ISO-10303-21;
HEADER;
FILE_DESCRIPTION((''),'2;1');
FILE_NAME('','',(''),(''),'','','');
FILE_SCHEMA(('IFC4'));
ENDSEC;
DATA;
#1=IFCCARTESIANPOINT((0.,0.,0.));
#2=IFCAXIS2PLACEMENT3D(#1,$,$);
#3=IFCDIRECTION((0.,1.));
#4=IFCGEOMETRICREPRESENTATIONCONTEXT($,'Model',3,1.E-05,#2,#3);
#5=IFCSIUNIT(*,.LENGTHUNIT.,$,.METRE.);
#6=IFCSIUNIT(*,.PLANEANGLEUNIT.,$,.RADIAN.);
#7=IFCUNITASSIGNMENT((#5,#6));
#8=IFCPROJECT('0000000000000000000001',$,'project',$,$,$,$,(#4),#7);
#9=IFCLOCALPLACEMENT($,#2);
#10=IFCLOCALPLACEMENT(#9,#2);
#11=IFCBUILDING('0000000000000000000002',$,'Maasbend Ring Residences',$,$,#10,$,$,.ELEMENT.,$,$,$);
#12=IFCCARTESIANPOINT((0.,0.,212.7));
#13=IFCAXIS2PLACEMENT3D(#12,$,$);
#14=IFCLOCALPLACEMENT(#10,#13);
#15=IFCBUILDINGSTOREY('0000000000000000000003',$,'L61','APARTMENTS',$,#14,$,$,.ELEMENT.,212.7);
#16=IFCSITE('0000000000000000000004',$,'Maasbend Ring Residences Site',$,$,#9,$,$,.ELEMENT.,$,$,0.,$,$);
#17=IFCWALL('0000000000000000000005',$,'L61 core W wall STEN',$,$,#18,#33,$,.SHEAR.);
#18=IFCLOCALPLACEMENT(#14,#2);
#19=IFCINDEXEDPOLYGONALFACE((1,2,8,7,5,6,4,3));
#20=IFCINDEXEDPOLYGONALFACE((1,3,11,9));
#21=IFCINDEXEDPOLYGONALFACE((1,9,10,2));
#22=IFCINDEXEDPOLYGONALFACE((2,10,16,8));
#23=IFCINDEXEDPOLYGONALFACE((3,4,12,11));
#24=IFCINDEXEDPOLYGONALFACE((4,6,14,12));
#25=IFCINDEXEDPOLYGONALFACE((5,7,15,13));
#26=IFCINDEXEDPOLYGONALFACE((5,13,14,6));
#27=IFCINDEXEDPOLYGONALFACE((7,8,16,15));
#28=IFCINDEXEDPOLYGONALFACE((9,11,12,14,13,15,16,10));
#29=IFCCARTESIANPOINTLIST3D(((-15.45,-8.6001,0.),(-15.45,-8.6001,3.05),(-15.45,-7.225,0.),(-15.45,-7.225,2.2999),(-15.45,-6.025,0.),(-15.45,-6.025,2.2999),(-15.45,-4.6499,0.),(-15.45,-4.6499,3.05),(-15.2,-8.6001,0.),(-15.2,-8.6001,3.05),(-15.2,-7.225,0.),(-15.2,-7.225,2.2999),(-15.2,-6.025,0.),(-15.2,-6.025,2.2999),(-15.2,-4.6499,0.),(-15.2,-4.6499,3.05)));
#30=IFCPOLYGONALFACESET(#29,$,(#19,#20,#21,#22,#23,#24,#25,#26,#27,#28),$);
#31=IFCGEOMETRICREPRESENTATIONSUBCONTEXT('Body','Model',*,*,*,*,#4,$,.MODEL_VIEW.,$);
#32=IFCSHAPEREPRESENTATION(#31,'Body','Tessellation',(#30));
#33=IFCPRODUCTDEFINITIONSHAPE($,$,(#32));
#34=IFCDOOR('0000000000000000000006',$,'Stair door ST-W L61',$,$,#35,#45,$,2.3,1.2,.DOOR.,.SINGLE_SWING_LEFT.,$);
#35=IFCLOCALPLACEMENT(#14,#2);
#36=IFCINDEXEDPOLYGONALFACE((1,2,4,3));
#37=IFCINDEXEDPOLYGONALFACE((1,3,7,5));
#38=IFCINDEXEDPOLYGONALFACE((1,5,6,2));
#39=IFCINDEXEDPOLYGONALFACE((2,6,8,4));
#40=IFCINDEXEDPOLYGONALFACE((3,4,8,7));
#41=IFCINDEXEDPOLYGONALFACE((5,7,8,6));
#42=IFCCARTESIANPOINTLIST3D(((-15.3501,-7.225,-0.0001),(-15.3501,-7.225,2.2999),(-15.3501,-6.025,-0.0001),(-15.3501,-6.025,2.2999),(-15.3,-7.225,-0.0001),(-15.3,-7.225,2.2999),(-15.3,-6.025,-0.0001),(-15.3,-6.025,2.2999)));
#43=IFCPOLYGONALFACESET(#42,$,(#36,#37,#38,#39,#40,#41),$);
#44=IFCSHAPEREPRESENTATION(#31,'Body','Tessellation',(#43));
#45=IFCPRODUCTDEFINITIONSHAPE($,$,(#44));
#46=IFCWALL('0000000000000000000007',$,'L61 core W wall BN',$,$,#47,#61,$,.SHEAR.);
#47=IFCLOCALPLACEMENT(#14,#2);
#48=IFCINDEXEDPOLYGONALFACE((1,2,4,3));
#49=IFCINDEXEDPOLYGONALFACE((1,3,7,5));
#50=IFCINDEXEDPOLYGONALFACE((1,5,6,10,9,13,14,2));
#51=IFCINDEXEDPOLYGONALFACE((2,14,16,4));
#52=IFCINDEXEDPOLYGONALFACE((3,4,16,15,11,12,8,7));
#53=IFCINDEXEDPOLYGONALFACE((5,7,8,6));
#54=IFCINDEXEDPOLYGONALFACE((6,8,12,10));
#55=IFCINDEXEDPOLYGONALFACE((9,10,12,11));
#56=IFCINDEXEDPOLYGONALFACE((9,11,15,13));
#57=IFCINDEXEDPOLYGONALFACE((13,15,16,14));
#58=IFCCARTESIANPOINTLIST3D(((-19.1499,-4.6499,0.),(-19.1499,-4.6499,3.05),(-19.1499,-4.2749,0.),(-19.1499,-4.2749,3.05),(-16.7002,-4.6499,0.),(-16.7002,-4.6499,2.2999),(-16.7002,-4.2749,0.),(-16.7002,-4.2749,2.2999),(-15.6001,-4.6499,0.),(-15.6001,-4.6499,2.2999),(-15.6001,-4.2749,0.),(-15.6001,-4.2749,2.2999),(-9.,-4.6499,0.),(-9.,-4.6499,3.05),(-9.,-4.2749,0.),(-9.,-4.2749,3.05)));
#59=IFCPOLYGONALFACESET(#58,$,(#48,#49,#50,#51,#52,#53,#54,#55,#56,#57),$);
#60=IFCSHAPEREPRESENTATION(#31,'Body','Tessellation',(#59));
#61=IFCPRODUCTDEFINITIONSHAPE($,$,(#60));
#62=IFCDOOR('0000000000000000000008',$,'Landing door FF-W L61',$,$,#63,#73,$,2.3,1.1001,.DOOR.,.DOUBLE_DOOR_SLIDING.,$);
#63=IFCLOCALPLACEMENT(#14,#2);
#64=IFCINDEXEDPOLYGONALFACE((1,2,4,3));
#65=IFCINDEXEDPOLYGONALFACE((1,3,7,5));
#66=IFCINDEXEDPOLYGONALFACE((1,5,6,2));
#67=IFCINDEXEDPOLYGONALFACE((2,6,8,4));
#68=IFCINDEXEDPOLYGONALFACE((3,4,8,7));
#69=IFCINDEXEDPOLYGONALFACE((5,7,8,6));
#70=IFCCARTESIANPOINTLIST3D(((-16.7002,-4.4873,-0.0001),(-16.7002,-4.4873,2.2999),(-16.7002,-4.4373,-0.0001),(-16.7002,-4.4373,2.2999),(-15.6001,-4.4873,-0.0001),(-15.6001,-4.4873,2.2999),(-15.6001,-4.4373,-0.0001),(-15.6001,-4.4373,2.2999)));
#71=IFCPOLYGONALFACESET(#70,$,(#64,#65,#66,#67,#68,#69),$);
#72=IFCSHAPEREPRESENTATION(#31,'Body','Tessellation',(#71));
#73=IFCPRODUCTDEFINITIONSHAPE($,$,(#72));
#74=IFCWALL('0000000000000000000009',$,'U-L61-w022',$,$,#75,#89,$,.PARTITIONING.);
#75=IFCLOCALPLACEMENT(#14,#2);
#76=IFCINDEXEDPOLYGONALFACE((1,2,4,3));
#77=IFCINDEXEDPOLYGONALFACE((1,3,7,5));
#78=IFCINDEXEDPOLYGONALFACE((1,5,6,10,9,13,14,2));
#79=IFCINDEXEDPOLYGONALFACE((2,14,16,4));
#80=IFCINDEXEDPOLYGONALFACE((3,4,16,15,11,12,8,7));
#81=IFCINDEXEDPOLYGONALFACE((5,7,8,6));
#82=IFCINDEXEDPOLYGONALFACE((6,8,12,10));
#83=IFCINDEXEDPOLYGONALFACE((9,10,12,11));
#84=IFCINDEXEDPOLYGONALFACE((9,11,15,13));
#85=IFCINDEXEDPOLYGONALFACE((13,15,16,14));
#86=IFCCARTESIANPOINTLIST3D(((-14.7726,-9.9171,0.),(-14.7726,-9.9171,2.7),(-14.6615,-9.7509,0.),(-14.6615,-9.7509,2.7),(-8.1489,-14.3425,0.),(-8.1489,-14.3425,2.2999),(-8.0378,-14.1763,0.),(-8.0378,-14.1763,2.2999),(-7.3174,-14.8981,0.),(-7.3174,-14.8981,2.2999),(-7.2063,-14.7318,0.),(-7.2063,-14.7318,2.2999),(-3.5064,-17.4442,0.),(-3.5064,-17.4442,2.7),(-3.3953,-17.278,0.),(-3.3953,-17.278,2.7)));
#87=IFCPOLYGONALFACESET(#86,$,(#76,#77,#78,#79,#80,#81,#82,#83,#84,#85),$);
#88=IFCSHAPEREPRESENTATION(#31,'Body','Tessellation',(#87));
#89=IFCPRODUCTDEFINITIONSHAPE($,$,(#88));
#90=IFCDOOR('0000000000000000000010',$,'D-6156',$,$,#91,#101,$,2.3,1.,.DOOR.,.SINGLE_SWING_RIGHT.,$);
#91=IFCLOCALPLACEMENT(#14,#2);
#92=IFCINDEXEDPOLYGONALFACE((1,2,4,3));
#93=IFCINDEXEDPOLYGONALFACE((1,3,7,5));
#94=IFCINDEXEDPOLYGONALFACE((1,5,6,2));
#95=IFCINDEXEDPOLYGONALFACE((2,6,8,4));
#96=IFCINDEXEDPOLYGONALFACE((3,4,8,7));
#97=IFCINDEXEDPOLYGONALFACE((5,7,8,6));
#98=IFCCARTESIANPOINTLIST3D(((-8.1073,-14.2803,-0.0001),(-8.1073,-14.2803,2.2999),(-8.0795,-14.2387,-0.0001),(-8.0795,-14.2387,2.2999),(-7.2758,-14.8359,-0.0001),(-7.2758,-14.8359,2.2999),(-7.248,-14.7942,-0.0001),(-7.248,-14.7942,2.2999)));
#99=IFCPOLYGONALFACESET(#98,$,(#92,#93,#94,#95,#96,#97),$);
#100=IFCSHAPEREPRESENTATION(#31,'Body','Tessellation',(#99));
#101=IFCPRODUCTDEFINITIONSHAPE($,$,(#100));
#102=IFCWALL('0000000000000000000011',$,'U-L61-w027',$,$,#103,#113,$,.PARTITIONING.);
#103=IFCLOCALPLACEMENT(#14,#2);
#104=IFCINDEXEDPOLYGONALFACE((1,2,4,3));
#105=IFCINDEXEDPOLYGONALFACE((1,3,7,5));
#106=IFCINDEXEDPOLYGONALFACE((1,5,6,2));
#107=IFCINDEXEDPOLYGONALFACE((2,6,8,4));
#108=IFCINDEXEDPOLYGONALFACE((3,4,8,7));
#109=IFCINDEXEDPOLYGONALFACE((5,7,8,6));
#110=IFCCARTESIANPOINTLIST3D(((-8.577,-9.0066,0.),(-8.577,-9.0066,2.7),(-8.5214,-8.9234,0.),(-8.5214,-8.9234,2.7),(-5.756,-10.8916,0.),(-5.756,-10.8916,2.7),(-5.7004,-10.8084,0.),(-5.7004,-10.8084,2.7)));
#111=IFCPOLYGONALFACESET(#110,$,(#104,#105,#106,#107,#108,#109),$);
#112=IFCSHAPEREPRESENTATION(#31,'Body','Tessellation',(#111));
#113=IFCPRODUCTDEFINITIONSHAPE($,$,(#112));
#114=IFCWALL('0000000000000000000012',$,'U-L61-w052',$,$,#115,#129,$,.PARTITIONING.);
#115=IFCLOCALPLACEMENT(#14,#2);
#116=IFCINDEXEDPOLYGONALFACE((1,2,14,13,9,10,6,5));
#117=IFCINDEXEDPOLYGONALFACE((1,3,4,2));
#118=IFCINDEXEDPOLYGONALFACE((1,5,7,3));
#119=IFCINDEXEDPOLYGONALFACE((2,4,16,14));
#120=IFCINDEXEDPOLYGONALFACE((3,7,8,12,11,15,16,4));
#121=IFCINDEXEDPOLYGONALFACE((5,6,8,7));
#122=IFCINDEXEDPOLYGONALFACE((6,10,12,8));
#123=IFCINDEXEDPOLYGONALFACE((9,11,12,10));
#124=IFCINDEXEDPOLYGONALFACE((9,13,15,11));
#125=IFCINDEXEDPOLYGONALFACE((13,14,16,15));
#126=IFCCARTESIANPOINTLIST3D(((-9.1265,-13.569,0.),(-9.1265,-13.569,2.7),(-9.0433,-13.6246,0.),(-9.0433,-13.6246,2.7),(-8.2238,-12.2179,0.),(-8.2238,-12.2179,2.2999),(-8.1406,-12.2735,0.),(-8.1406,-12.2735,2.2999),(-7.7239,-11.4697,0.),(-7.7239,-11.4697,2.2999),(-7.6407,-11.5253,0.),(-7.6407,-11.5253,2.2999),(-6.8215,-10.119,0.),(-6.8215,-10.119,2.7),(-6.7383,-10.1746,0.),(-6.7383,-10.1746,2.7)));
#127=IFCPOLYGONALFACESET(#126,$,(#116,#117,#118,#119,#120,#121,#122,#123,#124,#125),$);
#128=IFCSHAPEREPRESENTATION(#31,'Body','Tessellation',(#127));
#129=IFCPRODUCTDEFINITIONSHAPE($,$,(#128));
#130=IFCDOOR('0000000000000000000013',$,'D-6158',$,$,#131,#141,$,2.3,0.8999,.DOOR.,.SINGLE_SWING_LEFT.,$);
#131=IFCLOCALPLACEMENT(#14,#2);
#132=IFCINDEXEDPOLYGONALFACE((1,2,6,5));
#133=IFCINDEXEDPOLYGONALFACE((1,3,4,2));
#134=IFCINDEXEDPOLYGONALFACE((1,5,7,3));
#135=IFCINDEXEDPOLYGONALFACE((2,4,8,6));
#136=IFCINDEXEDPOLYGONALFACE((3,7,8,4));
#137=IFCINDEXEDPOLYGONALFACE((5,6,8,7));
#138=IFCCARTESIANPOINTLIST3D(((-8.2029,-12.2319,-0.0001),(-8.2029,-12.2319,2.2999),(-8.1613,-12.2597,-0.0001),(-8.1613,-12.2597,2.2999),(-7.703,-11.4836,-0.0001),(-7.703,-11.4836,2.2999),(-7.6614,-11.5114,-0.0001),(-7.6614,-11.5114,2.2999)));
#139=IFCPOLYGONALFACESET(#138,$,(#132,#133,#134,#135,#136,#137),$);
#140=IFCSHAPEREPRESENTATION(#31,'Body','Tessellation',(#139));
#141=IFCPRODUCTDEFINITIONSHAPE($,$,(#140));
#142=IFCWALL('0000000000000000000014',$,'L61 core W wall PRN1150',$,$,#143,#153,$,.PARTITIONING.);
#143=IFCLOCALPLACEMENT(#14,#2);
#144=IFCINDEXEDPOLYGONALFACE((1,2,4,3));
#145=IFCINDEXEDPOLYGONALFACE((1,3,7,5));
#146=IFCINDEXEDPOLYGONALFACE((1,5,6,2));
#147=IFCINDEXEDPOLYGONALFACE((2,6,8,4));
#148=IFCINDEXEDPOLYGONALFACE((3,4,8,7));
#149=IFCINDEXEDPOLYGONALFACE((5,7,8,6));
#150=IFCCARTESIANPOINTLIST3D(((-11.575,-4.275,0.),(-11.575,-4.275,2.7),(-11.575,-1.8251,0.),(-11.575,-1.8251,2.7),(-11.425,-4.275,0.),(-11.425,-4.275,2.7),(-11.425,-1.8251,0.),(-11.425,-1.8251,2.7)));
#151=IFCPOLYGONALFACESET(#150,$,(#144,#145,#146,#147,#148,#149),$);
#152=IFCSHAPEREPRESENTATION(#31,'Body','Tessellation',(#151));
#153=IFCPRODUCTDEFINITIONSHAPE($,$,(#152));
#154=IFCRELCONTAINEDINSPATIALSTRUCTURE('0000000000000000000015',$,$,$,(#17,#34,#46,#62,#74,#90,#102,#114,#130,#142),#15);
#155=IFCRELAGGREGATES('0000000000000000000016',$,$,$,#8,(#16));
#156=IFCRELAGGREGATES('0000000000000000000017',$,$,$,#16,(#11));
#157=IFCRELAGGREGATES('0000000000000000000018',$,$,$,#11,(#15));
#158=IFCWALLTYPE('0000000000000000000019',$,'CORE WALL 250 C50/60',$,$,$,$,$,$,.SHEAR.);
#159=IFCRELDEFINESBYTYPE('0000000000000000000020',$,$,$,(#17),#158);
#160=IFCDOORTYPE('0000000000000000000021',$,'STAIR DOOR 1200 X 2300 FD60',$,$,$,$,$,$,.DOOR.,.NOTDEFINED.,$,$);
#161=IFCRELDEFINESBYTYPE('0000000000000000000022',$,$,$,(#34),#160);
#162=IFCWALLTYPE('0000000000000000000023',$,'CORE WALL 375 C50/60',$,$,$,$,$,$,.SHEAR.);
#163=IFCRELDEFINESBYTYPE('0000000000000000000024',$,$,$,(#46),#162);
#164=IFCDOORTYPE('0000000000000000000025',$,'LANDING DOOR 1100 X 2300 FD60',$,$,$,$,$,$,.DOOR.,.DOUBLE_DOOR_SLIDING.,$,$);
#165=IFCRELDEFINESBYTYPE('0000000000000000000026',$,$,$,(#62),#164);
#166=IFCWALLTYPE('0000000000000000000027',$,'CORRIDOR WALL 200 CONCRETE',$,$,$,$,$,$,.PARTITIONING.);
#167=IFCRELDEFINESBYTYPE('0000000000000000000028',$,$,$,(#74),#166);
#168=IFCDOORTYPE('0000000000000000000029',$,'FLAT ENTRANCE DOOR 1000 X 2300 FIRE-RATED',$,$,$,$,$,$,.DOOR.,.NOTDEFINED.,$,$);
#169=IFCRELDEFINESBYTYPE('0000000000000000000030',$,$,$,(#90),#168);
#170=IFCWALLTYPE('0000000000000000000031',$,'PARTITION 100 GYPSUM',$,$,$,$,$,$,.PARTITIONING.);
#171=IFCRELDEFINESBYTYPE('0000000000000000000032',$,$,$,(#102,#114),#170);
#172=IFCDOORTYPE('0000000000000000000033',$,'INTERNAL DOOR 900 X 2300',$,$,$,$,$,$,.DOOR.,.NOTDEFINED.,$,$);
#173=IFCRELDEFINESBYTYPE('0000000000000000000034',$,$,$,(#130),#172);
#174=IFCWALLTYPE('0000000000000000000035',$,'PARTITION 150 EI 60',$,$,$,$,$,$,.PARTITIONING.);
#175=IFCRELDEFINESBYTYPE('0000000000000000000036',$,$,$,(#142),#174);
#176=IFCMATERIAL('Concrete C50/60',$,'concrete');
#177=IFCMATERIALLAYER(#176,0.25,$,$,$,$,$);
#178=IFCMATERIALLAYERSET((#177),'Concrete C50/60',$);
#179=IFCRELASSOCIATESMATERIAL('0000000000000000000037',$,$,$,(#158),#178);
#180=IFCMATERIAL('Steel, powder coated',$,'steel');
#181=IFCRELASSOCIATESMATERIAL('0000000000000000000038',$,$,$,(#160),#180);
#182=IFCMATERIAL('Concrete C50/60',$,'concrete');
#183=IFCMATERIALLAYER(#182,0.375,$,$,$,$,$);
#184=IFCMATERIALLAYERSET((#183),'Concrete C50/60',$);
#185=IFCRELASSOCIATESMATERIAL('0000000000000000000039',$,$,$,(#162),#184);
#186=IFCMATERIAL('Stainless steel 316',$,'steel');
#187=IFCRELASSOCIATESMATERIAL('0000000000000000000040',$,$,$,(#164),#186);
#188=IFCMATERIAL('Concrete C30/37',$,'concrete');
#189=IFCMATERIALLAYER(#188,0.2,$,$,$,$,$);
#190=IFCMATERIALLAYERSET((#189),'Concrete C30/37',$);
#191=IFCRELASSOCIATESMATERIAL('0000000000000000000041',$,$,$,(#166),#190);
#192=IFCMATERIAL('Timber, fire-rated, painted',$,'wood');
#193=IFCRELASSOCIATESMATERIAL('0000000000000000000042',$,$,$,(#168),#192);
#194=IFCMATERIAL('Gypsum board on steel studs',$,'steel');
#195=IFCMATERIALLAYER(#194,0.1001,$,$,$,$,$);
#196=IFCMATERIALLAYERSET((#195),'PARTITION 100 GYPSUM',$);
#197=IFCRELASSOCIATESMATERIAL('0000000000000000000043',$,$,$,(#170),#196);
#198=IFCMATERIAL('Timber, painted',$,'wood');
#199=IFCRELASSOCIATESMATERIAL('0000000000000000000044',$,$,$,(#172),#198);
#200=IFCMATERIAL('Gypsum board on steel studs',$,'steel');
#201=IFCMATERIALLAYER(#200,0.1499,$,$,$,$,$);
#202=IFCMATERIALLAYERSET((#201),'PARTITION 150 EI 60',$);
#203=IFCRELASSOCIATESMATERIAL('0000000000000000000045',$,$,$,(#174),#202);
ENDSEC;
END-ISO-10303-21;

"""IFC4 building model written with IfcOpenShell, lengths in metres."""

from ifc_helpers import new_model, si_unit, direction, frame, frame_2d, origin, place, context, subcontext, project, spatial, rectangle, extrude, material, layer, layer_set, type_object, element, fill, save


model = new_model("IFC4")

# Units and contexts
model_context = context("Model", 3, precision=1e-05, world=origin(), true_north=direction((0.0, 1.0)))
body_context = subcontext(model_context, "Body", "Model", "MODEL_VIEW")
ifc_project = project(units=[si_unit("LENGTHUNIT", "METRE"), si_unit("PLANEANGLEUNIT", "RADIAN")], contexts=[model_context])

# Site, building, storey
site_placement = place(None, origin())
site = spatial("IfcSite", under=ifc_project, at=site_placement, Name="Maasbend Ring Residences Site", CompositionType="ELEMENT", RefElevation=0.0)
building_placement = place(site_placement, origin())
building = spatial("IfcBuilding", under=site, at=building_placement, Name="Maasbend Ring Residences", CompositionType="ELEMENT")
storey_placement = place(building_placement, frame((0.0, 0.0, 212.7)))
storey = spatial("IfcBuildingStorey", under=building, at=storey_placement, Name="L61", Description="APARTMENTS", CompositionType="ELEMENT", Elevation=212.7)

# Shared definitions
ifc_material_1 = material(Name="Concrete C50/60", Category="concrete")
ifc_layer_1 = layer(ifc_material_1, 0.25)
ifc_layer_set_1 = layer_set([ifc_layer_1], Name="Concrete C50/60")
wall_type_1 = type_object("IfcWallType", Name="CORE WALL 250 C50/60", PredefinedType="SHEAR", material=ifc_layer_set_1)

# Walls, openings, doors
wall_1_placement = place(storey_placement, frame((-15.325, -4.6499, 0.0), z_axis=(0.0, 0.0, 1.0), x_axis=(0.0, -1.0, 0.0)))
wall_1 = element("IfcWall", 1, at=wall_1_placement, inside=storey, type_object=wall_type_1, Name="L61 core W wall STEN", PredefinedType="SHEAR", context=body_context, shape_type="SweptSolid", body=[
    extrude(rectangle(XDim=3.9502, YDim=0.25, at=frame_2d((1.9751, 0.0))), origin(), (0.0, 0.0, 1.0), 3.05),
])
opening_1_placement = place(wall_1_placement, frame((1.375, 0.0, 0.0)))
opening_1 = element("IfcOpeningElement", 2, at=opening_1_placement, cuts=wall_1, PredefinedType="OPENING", context=body_context, shape_type="SweptSolid", body=[
    extrude(rectangle(XDim=1.2, YDim=2.3, at=frame_2d((0.6001, 1.1499))), frame((0.0, 0.135, 0.0), z_axis=(0.0, -1.0, 0.0), x_axis=(1.0, 0.0, 0.0)), (0.0, 0.0, 1.0), 0.27),
])
ifc_material_2 = material(Name="Steel, powder coated", Category="steel")
door_type_1 = type_object("IfcDoorType", Name="STAIR DOOR 1200 X 2300 FD60", OperationType="NOTDEFINED", PredefinedType="DOOR", material=ifc_material_2)
door_1_placement = place(opening_1_placement, origin())
door_1 = element("IfcDoor", 3, at=door_1_placement, inside=storey, type_object=door_type_1, Name="Stair door ST-W L61", OperationType="SINGLE_SWING_LEFT", OverallHeight=2.3, OverallWidth=1.2, PredefinedType="DOOR", context=body_context, shape_type="SweptSolid", body=[
    extrude(rectangle(XDim=1.2, YDim=2.3, at=frame_2d((0.6001, 1.1499))), frame((0.0, 0.0249, 0.0), z_axis=(0.0, -1.0, 0.0), x_axis=(1.0, 0.0, 0.0)), (0.0, 0.0, 1.0), 0.05),
])
fill(opening_1, door_1)
ifc_material_3 = material(Name="Concrete C50/60", Category="concrete")
ifc_layer_2 = layer(ifc_material_3, 0.375)
ifc_layer_set_2 = layer_set([ifc_layer_2], Name="Concrete C50/60")
wall_type_2 = type_object("IfcWallType", Name="CORE WALL 375 C50/60", PredefinedType="SHEAR", material=ifc_layer_set_2)
wall_2_placement = place(storey_placement, frame((-9.0, -4.4624, 0.0), z_axis=(0.0, 0.0, 1.0), x_axis=(-1.0, 0.0, 0.0)))
wall_2 = element("IfcWall", 4, at=wall_2_placement, inside=storey, type_object=wall_type_2, Name="L61 core W wall BN", PredefinedType="SHEAR", context=body_context, shape_type="SweptSolid", body=[
    extrude(rectangle(XDim=10.1499, YDim=0.375, at=frame_2d((5.075, 0.0))), origin(), (0.0, 0.0, 1.0), 3.05),
])
opening_2_placement = place(wall_2_placement, frame((6.6001, 0.0, 0.0)))
opening_2 = element("IfcOpeningElement", 5, at=opening_2_placement, cuts=wall_2, PredefinedType="OPENING", context=body_context, shape_type="SweptSolid", body=[
    extrude(rectangle(XDim=1.1001, YDim=2.3, at=frame_2d((0.55, 1.1499))), frame((0.0, 0.1975, 0.0), z_axis=(0.0, -1.0, 0.0), x_axis=(1.0, 0.0, 0.0)), (0.0, 0.0, 1.0), 0.395),
])
ifc_material_4 = material(Name="Stainless steel 316", Category="steel")
door_type_2 = type_object("IfcDoorType", Name="LANDING DOOR 1100 X 2300 FD60", OperationType="DOUBLE_DOOR_SLIDING", PredefinedType="DOOR", material=ifc_material_4)
door_2_placement = place(opening_2_placement, origin())
door_2 = element("IfcDoor", 6, at=door_2_placement, inside=storey, type_object=door_type_2, Name="Landing door FF-W L61", OperationType="DOUBLE_DOOR_SLIDING", OverallHeight=2.3, OverallWidth=1.1001, PredefinedType="DOOR", context=body_context, shape_type="SweptSolid", body=[
    extrude(rectangle(XDim=1.1001, YDim=2.3, at=frame_2d((0.55, 1.1499))), frame((0.0, 0.0249, 0.0), z_axis=(0.0, -1.0, 0.0), x_axis=(1.0, 0.0, 0.0)), (0.0, 0.0, 1.0), 0.05),
])
fill(opening_2, door_2)
ifc_material_5 = material(Name="Concrete C30/37", Category="concrete")
ifc_layer_3 = layer(ifc_material_5, 0.2)
ifc_layer_set_3 = layer_set([ifc_layer_3], Name="Concrete C30/37")
wall_type_3 = type_object("IfcWallType", Name="CORRIDOR WALL 200 CONCRETE", PredefinedType="PARTITIONING", material=ifc_layer_set_3)
wall_3_placement = place(storey_placement, frame((-14.717, -9.834, 0.0), z_axis=(0.0, 0.0, 1.0), x_axis=(0.831493, -0.555536, 0.0)))
wall_3 = element("IfcWall", 7, at=wall_3_placement, inside=storey, type_object=wall_type_3, Name="U-L61-w022", PredefinedType="PARTITIONING", context=body_context, shape_type="SweptSolid", body=[
    extrude(rectangle(XDim=13.5493, YDim=0.2, at=frame_2d((6.7747, 0.0))), origin(), (0.0, 0.0, 1.0), 2.7),
])
opening_3_placement = place(wall_3_placement, frame((7.9661, 0.0, 0.0)))
opening_3 = element("IfcOpeningElement", 8, at=opening_3_placement, cuts=wall_3, PredefinedType="OPENING", context=body_context, shape_type="SweptSolid", body=[
    extrude(rectangle(XDim=1.0, YDim=2.3, at=frame_2d((0.5, 1.1499))), frame((0.0, 0.1099, 0.0), z_axis=(0.0, -1.0, 0.0), x_axis=(1.0, 0.0, 0.0)), (0.0, 0.0, 1.0), 0.22),
])
ifc_material_6 = material(Name="Timber, fire-rated, painted", Category="wood")
door_type_3 = type_object("IfcDoorType", Name="FLAT ENTRANCE DOOR 1000 X 2300 FIRE-RATED", OperationType="NOTDEFINED", PredefinedType="DOOR", material=ifc_material_6)
door_3_placement = place(opening_3_placement, origin())
door_3 = element("IfcDoor", 9, at=door_3_placement, inside=storey, type_object=door_type_3, Name="D-6156", OperationType="SINGLE_SWING_RIGHT", OverallHeight=2.3, OverallWidth=1.0, PredefinedType="DOOR", context=body_context, shape_type="SweptSolid", body=[
    extrude(rectangle(XDim=1.0, YDim=2.3, at=frame_2d((0.5, 1.1499))), frame((0.0, 0.0249, 0.0), z_axis=(0.0, -1.0, 0.0), x_axis=(1.0, 0.0, 0.0)), (0.0, 0.0, 1.0), 0.05),
])
fill(opening_3, door_3)

# Wall
ifc_material_7 = material(Name="Gypsum board on steel studs", Category="steel")
ifc_layer_4 = layer(ifc_material_7, 0.1001)
ifc_layer_set_4 = layer_set([ifc_layer_4], Name="PARTITION 100 GYPSUM")
wall_type_4 = type_object("IfcWallType", Name="PARTITION 100 GYPSUM", PredefinedType="PARTITIONING", material=ifc_layer_set_4)
wall_4_placement = place(storey_placement, frame((-8.5491, -8.9651, 0.0), z_axis=(0.0, 0.0, 1.0), x_axis=(0.831463, -0.55558, 0.0)))
element("IfcWall", 10, at=wall_4_placement, inside=storey, type_object=wall_type_4, Name="U-L61-w027", PredefinedType="PARTITIONING", context=body_context, shape_type="SweptSolid", body=[
    extrude(rectangle(XDim=3.3928, YDim=0.1001, at=frame_2d((1.6963, 0.0))), origin(), (0.0, 0.0, 1.0), 2.7),
])

# Wall, opening, door
wall_5_placement = place(storey_placement, frame((-9.085, -13.5969, 0.0), z_axis=(0.0, 0.0, 1.0), x_axis=(0.555528, 0.831498, 0.0)))
wall_5 = element("IfcWall", 11, at=wall_5_placement, inside=storey, type_object=wall_type_4, Name="U-L61-w052", PredefinedType="PARTITIONING", context=body_context, shape_type="SweptSolid", body=[
    extrude(rectangle(XDim=4.1492, YDim=0.1001, at=frame_2d((2.0747, 0.0))), origin(), (0.0, 0.0, 1.0), 2.7),
])
opening_4_placement = place(wall_5_placement, frame((1.625, 0.0, 0.0)))
opening_4 = element("IfcOpeningElement", 12, at=opening_4_placement, cuts=wall_5, PredefinedType="OPENING", context=body_context, shape_type="SweptSolid", body=[
    extrude(rectangle(XDim=0.8999, YDim=2.3, at=frame_2d((0.45, 1.1499))), frame((0.0, 0.0601, 0.0), z_axis=(0.0, -1.0, 0.0), x_axis=(1.0, 0.0, 0.0)), (0.0, 0.0, 1.0), 0.1201),
])
ifc_material_8 = material(Name="Timber, painted", Category="wood")
door_type_4 = type_object("IfcDoorType", Name="INTERNAL DOOR 900 X 2300", OperationType="NOTDEFINED", PredefinedType="DOOR", material=ifc_material_8)
door_4_placement = place(opening_4_placement, origin())
door_4 = element("IfcDoor", 13, at=door_4_placement, inside=storey, type_object=door_type_4, Name="D-6158", OperationType="SINGLE_SWING_LEFT", OverallHeight=2.3, OverallWidth=0.8999, PredefinedType="DOOR", context=body_context, shape_type="SweptSolid", body=[
    extrude(rectangle(XDim=0.8999, YDim=2.3, at=frame_2d((0.45, 1.1499))), frame((0.0, 0.0249, 0.0), z_axis=(0.0, -1.0, 0.0), x_axis=(1.0, 0.0, 0.0)), (0.0, 0.0, 1.0), 0.05),
])
fill(opening_4, door_4)

# Wall
ifc_material_9 = material(Name="Gypsum board on steel studs", Category="steel")
ifc_layer_5 = layer(ifc_material_9, 0.1499)
ifc_layer_set_5 = layer_set([ifc_layer_5], Name="PARTITION 150 EI 60")
wall_type_5 = type_object("IfcWallType", Name="PARTITION 150 EI 60", PredefinedType="PARTITIONING", material=ifc_layer_set_5)
wall_6_placement = place(storey_placement, frame((-11.5, -1.825, 0.0), z_axis=(0.0, 0.0, 1.0), x_axis=(0.0, -1.0, 0.0)))
element("IfcWall", 14, at=wall_6_placement, inside=storey, type_object=wall_type_5, Name="L61 core W wall PRN1150", PredefinedType="PARTITIONING", context=body_context, shape_type="SweptSolid", body=[
    extrude(rectangle(XDim=2.45, YDim=0.1499, at=frame_2d((1.2251, 0.0))), origin(), (0.0, 0.0, 1.0), 2.7),
])

save(model, "model.ifc")
